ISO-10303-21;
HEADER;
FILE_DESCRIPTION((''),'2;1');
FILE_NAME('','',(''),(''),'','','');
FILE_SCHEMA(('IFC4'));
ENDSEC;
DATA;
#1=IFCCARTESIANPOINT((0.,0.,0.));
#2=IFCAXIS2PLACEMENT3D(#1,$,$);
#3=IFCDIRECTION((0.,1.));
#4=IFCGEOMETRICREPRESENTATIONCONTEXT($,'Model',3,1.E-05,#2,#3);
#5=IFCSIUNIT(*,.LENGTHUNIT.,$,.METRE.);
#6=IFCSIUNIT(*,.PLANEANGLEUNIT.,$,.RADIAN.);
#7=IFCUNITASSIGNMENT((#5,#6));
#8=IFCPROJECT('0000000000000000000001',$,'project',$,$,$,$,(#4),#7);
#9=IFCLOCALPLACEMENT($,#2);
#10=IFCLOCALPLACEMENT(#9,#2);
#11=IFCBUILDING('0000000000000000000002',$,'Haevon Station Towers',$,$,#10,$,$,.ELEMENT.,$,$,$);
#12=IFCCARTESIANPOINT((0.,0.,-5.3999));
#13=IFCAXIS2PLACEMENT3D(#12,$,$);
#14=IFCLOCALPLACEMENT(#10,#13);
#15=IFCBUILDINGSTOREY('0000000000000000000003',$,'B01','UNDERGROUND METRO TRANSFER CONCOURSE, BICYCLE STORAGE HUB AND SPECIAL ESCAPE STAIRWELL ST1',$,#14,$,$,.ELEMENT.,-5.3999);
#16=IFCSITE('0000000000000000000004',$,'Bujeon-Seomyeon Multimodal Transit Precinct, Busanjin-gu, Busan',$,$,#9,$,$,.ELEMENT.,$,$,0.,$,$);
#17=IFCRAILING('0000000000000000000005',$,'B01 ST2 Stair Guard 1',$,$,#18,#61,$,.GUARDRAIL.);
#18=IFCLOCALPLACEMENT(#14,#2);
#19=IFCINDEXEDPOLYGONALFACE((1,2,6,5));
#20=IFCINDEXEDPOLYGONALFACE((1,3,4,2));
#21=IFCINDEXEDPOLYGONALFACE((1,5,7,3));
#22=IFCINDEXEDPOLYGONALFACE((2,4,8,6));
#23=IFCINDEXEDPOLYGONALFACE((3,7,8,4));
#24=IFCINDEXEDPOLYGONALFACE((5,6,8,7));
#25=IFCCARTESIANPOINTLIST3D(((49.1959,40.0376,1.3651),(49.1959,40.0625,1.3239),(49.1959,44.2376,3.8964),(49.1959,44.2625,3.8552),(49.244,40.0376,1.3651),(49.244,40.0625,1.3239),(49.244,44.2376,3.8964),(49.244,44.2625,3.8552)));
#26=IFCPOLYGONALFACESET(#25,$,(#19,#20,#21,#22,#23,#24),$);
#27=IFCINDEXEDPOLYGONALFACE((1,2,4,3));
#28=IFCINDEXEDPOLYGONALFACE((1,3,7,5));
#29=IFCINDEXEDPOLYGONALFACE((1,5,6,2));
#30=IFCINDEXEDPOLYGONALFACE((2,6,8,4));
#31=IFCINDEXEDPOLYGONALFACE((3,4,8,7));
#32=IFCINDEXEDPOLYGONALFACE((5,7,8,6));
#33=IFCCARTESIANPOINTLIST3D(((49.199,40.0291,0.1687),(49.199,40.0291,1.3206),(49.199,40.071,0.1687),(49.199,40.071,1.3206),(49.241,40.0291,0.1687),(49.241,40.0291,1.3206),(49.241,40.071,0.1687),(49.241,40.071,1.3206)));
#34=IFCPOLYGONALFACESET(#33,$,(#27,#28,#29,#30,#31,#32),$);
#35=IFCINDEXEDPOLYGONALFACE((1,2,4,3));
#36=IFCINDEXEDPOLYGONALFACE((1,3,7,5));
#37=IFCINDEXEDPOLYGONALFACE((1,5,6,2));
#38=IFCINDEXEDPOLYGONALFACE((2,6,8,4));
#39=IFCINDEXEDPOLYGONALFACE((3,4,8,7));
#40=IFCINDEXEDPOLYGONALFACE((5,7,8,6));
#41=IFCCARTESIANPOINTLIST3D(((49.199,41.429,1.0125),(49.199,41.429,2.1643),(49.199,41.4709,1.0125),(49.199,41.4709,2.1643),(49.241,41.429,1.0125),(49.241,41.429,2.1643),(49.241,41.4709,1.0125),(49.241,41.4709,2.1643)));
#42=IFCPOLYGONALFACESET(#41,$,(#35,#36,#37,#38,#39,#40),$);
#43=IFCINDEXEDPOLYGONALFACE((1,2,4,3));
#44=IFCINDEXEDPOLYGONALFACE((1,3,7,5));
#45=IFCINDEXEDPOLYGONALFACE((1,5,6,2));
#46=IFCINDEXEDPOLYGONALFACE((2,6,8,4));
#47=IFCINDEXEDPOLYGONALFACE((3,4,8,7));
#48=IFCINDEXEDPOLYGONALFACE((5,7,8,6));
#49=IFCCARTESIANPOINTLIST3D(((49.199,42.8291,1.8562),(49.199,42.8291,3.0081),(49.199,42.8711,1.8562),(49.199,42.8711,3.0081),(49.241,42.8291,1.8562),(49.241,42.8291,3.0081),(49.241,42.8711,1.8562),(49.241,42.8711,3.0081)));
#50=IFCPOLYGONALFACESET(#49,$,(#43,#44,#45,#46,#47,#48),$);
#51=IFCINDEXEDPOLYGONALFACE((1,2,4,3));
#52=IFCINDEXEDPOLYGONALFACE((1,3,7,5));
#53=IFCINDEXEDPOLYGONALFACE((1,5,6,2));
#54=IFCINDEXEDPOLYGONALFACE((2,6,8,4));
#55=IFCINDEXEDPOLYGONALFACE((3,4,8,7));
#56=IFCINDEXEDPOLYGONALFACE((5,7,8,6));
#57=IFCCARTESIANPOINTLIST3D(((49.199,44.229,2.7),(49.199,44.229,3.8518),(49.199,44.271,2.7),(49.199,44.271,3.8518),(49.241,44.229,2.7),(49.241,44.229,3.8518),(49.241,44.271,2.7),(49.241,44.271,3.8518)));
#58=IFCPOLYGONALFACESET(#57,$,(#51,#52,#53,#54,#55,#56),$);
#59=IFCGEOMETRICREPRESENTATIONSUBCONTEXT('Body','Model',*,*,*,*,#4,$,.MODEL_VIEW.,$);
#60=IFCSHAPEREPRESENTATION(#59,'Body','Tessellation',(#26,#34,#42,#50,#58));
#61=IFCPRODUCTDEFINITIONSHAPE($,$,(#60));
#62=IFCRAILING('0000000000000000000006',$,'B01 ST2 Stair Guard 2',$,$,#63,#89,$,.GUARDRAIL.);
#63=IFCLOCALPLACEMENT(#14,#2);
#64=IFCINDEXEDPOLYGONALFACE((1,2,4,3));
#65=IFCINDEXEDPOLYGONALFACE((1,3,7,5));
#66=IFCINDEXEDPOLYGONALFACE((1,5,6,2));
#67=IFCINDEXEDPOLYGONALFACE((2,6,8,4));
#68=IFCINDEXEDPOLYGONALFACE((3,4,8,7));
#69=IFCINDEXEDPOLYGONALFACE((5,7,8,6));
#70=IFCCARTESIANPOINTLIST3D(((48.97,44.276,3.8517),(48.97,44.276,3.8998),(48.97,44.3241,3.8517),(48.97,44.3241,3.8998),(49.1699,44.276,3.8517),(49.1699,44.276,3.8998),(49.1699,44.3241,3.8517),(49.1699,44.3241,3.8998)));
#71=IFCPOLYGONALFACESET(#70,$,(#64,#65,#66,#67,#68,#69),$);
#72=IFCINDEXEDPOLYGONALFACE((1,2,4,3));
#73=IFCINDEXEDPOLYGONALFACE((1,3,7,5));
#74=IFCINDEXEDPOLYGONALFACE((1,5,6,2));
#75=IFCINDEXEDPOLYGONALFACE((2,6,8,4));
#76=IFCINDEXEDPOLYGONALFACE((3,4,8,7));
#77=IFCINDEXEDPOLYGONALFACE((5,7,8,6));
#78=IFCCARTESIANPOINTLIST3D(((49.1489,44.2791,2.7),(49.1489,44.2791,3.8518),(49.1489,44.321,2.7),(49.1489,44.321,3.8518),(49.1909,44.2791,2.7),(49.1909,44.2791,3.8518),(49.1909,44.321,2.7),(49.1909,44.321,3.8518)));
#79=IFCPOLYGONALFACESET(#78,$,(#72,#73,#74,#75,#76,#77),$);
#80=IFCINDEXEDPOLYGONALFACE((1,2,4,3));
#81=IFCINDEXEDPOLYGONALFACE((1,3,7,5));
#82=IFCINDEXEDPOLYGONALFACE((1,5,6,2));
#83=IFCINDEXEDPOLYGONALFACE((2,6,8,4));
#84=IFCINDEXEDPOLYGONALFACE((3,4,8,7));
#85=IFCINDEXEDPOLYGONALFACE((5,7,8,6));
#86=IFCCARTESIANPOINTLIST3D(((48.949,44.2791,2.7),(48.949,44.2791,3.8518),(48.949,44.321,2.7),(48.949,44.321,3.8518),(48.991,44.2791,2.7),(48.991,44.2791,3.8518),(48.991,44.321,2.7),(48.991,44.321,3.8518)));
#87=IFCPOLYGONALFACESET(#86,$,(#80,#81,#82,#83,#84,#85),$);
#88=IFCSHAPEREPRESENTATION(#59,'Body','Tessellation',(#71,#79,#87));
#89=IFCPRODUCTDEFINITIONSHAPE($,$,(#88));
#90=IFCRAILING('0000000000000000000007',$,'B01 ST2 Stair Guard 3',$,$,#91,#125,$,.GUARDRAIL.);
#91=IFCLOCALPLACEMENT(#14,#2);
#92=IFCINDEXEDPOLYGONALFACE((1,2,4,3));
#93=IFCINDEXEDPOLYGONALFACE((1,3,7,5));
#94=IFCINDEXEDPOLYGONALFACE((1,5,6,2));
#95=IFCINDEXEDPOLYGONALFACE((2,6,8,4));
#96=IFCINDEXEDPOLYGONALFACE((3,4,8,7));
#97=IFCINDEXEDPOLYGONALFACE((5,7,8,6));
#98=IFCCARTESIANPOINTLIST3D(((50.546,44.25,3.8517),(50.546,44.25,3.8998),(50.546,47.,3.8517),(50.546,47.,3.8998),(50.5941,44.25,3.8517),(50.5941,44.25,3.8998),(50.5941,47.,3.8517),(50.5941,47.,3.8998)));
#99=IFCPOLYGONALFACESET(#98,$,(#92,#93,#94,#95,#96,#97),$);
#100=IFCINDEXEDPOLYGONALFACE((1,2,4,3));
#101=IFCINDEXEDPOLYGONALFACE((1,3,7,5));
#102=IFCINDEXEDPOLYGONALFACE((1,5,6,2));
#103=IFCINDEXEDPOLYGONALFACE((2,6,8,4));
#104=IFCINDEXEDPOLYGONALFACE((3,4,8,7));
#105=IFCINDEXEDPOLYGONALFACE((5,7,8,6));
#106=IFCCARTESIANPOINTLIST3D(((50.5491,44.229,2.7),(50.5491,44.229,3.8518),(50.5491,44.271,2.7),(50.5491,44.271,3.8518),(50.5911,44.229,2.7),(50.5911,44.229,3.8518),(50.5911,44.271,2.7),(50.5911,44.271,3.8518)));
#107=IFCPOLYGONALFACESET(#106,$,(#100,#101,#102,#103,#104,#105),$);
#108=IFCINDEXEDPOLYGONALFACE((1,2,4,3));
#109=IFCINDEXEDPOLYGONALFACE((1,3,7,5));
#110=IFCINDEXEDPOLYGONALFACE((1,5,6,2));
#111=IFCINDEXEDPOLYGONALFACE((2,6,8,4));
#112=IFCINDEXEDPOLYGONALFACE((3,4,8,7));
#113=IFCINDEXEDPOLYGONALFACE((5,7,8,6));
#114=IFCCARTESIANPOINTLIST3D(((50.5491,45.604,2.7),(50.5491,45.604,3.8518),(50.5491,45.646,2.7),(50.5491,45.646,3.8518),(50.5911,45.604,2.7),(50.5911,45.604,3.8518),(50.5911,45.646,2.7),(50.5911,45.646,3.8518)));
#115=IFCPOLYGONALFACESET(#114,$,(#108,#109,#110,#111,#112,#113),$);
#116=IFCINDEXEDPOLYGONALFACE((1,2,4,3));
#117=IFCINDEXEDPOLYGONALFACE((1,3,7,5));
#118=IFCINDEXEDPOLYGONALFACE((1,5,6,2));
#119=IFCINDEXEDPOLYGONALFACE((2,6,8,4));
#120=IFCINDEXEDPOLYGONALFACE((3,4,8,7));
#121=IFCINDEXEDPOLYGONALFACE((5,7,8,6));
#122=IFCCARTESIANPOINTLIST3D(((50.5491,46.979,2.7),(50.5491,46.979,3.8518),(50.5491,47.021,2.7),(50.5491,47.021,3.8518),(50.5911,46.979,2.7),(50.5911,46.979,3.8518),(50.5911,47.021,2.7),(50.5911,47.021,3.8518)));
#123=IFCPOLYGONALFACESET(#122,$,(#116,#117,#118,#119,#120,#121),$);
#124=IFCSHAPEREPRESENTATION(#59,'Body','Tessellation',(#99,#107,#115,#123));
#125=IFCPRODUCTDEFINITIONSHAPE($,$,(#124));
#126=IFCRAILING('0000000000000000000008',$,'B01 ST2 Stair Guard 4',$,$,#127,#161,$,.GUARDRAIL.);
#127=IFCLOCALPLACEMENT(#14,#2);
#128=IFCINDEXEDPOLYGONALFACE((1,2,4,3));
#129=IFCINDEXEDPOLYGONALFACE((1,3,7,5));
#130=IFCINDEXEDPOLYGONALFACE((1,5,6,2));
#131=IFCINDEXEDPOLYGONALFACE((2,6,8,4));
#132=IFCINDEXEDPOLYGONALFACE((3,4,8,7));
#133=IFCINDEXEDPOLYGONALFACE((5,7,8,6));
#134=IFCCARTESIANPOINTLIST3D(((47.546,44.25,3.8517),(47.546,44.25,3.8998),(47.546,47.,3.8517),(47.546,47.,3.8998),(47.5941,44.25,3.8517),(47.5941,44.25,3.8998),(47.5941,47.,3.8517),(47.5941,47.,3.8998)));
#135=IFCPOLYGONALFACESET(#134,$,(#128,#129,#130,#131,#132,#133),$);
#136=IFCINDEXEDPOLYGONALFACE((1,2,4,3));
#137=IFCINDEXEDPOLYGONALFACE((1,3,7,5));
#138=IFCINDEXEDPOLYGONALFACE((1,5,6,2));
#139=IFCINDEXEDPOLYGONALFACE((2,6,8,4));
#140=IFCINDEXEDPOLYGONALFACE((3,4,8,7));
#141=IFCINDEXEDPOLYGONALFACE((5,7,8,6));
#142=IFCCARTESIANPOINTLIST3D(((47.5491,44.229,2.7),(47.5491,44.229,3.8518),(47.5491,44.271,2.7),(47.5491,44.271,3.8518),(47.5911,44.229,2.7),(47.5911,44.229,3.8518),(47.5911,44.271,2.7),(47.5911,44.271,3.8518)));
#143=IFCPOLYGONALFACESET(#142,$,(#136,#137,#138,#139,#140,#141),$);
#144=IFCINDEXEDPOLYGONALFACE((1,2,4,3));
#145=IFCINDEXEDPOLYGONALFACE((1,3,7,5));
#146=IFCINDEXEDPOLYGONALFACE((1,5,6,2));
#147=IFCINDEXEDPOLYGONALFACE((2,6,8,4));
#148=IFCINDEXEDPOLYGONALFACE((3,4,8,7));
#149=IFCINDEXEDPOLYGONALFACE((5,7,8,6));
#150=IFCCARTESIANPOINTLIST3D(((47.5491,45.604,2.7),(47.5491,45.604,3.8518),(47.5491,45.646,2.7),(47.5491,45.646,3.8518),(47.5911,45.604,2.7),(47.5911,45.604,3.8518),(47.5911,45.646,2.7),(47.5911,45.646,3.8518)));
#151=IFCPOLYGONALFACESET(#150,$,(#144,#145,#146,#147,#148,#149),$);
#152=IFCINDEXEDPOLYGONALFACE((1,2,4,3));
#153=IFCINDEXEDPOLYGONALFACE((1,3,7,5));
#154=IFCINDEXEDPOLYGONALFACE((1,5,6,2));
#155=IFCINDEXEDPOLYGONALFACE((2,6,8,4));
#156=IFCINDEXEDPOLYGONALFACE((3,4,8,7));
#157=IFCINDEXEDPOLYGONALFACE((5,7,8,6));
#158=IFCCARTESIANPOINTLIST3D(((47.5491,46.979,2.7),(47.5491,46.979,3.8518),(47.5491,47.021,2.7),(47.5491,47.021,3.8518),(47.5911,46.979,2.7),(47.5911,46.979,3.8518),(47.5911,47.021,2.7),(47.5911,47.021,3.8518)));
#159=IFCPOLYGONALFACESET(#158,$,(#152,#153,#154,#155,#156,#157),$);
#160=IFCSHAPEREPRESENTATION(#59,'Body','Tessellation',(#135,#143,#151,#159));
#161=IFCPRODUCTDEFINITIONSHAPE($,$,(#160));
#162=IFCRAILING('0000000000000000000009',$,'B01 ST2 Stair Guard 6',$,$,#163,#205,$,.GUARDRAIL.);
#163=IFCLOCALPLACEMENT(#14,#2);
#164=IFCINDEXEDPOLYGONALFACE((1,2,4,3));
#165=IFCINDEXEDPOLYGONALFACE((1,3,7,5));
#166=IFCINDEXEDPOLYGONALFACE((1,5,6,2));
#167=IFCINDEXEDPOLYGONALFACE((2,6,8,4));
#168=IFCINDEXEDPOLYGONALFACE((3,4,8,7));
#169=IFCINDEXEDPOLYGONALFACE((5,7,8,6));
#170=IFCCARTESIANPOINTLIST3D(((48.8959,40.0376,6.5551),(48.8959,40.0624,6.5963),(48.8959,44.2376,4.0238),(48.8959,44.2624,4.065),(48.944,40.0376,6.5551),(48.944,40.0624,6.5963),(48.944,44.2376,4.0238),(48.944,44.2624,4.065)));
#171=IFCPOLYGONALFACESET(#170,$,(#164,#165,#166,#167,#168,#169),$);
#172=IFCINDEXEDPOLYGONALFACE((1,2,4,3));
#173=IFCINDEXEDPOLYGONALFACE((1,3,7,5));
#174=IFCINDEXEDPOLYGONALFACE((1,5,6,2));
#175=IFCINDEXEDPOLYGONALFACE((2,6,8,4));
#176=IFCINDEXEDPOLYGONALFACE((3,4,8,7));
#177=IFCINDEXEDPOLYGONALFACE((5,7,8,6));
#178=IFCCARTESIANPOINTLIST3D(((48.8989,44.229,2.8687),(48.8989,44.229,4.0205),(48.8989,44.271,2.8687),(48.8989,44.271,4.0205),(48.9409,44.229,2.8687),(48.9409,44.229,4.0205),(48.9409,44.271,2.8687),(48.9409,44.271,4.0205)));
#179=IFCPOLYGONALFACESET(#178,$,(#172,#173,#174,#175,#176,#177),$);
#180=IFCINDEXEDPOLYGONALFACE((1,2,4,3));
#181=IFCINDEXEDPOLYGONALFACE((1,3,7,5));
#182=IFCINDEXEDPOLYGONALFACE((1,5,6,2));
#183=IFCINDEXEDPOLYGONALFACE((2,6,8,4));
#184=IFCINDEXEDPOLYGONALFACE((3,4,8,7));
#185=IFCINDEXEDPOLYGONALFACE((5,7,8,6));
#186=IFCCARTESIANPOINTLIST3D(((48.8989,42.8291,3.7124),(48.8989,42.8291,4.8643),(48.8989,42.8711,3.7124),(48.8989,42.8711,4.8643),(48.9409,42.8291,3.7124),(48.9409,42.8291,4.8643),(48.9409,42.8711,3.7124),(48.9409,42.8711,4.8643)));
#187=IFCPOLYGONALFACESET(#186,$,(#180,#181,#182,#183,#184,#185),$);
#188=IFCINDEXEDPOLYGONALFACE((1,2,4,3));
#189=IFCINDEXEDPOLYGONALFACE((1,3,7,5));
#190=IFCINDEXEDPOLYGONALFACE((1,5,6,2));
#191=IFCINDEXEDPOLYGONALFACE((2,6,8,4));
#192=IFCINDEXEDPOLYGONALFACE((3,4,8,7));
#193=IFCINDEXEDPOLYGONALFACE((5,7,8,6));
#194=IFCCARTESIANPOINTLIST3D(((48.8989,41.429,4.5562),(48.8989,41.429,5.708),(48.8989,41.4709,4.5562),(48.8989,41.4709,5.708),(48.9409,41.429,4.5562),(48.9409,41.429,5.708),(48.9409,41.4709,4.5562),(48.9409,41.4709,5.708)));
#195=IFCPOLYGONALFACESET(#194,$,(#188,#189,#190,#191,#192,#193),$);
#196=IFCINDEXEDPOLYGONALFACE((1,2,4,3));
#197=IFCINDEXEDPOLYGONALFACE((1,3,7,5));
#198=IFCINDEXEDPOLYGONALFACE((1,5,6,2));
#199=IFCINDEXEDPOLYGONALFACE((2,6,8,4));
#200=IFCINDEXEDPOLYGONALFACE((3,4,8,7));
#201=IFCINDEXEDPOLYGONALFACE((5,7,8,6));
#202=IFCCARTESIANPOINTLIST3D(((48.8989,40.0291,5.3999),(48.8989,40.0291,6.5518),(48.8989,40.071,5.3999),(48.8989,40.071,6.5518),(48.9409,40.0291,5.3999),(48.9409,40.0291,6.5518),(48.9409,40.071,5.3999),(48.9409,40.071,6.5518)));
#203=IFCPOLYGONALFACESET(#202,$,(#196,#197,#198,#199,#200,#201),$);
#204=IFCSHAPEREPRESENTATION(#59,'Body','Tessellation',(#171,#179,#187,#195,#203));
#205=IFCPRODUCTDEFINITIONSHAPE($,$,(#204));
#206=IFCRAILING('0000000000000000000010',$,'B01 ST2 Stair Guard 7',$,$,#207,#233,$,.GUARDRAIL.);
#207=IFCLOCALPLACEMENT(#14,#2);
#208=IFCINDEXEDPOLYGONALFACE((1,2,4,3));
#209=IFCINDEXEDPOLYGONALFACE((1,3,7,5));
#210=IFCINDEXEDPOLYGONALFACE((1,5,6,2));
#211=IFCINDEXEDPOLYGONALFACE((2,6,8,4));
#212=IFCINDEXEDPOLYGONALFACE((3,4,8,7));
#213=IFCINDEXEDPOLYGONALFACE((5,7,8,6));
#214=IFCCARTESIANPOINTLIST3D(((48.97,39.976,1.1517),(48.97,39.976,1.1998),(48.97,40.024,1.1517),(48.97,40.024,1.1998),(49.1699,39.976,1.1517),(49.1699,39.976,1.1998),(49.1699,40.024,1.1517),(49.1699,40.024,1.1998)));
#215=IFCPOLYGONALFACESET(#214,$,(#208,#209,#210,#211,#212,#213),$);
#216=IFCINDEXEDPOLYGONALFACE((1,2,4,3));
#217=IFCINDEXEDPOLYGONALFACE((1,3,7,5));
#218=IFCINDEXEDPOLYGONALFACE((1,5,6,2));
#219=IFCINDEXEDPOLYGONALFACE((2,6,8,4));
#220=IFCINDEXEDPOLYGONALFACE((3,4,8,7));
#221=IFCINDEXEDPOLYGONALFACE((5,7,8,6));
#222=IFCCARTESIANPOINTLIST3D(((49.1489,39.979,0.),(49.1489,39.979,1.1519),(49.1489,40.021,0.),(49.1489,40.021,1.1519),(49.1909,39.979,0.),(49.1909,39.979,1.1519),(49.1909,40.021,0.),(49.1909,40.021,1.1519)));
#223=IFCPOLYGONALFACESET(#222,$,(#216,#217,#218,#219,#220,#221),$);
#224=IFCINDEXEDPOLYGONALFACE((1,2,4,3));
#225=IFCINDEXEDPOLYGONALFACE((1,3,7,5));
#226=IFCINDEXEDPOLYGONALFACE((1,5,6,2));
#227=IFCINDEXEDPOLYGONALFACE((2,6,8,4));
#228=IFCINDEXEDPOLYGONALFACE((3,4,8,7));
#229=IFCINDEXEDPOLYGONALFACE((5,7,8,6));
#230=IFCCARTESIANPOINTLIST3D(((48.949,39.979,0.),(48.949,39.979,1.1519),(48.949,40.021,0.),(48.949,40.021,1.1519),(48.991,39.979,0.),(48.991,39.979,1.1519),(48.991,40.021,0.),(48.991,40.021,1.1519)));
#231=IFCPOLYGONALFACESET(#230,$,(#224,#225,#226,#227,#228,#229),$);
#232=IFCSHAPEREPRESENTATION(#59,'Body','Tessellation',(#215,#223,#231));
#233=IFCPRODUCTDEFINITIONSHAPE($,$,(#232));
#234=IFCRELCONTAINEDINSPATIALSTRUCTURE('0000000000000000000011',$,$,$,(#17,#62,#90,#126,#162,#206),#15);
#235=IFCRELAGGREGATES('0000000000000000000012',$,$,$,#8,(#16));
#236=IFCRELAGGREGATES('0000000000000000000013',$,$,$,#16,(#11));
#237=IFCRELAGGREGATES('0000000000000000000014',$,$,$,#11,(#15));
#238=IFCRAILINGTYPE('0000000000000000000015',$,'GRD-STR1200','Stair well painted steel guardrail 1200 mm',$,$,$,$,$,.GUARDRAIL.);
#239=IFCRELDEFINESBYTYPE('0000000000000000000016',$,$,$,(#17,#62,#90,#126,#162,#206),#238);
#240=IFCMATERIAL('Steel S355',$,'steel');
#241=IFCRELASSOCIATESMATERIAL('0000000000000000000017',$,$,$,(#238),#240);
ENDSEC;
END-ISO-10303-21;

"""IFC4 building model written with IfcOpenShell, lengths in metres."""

from ifc_helpers import new_model, si_unit, direction, frame, origin, origin_2d, place, context, subcontext, project, spatial, rectangle, extrude, material, type_object, element, save


model = new_model("IFC4")

# Units and contexts
model_context = context("Model", 3, precision=1e-05, world=origin(), true_north=direction((0.0, 1.0)))
body_context = subcontext(model_context, "Body", "Model", "MODEL_VIEW")
ifc_project = project(units=[si_unit("LENGTHUNIT", "METRE"), si_unit("PLANEANGLEUNIT", "RADIAN")], contexts=[model_context])

# Site, building, storey
site_placement = place(None, origin())
site = spatial("IfcSite", under=ifc_project, at=site_placement, Name="Bujeon-Seomyeon Multimodal Transit Precinct, Busanjin-gu, Busan", CompositionType="ELEMENT", RefElevation=0.0)
building_placement = place(site_placement, origin())
building = spatial("IfcBuilding", under=site, at=building_placement, Name="Haevon Station Towers", CompositionType="ELEMENT")
storey_placement = place(building_placement, frame((0.0, 0.0, -5.3999)))
storey = spatial("IfcBuildingStorey", under=building, at=storey_placement, Name="B01", Description="UNDERGROUND METRO TRANSFER CONCOURSE, BICYCLE STORAGE HUB AND SPECIAL ESCAPE STAIRWELL ST1", CompositionType="ELEMENT", Elevation=-5.3999)

# Shared definitions
ifc_material_1 = material(Name="Steel S355", Category="steel")

# Railings
railing_type_1 = type_object("IfcRailingType", Name="GRD-STR1200", Description="Stair well painted steel guardrail 1200 mm", PredefinedType="GUARDRAIL", material=ifc_material_1)
railing_1_placement = place(storey_placement, frame((49.22, 40.05, 0.1687)))
element("IfcRailing", 1, at=railing_1_placement, inside=storey, type_object=railing_type_1, Name="B01 ST2 Stair Guard 1", PredefinedType="GUARDRAIL", context=body_context, shape_type="SweptSolid", body=[
    extrude(rectangle(XDim=0.0481, YDim=0.0481, at=origin_2d()), frame((0.0, 0.0, 1.1758), z_axis=(0.0, 0.856476, 0.516186), x_axis=(-1.0, 0.0, 0.0)), (0.0, 0.0, 1.0), 4.9038),
    extrude(rectangle(XDim=0.042, YDim=0.042, at=origin_2d()), origin(), (0.0, 0.0, 1.0), 1.1519),
    extrude(rectangle(XDim=0.042, YDim=0.042, at=origin_2d()), frame((0.0, 1.3999, 0.8438)), (0.0, 0.0, 1.0), 1.1519),
    extrude(rectangle(XDim=0.042, YDim=0.042, at=origin_2d()), frame((0.0, 2.8, 1.6875)), (0.0, 0.0, 1.0), 1.1519),
    extrude(rectangle(XDim=0.042, YDim=0.042, at=origin_2d()), frame((0.0, 4.2, 2.5312)), (0.0, 0.0, 1.0), 1.1519),
])
railing_2_placement = place(storey_placement, frame((49.1699, 44.3, 2.7)))
element("IfcRailing", 2, at=railing_2_placement, inside=storey, type_object=railing_type_1, Name="B01 ST2 Stair Guard 2", PredefinedType="GUARDRAIL", context=body_context, shape_type="SweptSolid", body=[
    extrude(rectangle(XDim=0.0481, YDim=0.0481, at=origin_2d()), frame((0.0, 0.0, 1.1758), z_axis=(-1.0, 0.0, 0.0), x_axis=(0.0, -1.0, 0.0)), (0.0, 0.0, 1.0), 0.2),
    extrude(rectangle(XDim=0.042, YDim=0.042, at=origin_2d()), origin(), (0.0, 0.0, 1.0), 1.1519),
    extrude(rectangle(XDim=0.042, YDim=0.042, at=origin_2d()), frame((-0.2, 0.0, 0.0)), (0.0, 0.0, 1.0), 1.1519),
])
for number, where, name in (
    (3, (50.5701, 44.25, 2.7), "B01 ST2 Stair Guard 3"),
    (4, (47.5701, 44.25, 2.7), "B01 ST2 Stair Guard 4"),
):
    element("IfcRailing", number, at=place(storey_placement, frame(where)), inside=storey, type_object=railing_type_1, Name=name, PredefinedType="GUARDRAIL", context=body_context, shape_type="SweptSolid", body=[
        extrude(rectangle(XDim=0.0481, YDim=0.0481, at=origin_2d()), frame((0.0, 0.0, 1.1758), z_axis=(0.0, 1.0, 0.0), x_axis=(-1.0, 0.0, 0.0)), (0.0, 0.0, 1.0), 2.75),
        extrude(rectangle(XDim=0.042, YDim=0.042, at=origin_2d()), origin(), (0.0, 0.0, 1.0), 1.1519),
        extrude(rectangle(XDim=0.042, YDim=0.042, at=origin_2d()), frame((0.0, 1.375, 0.0)), (0.0, 0.0, 1.0), 1.1519),
        extrude(rectangle(XDim=0.042, YDim=0.042, at=origin_2d()), frame((0.0, 2.75, 0.0)), (0.0, 0.0, 1.0), 1.1519),
    ])
railing_3_placement = place(storey_placement, frame((48.9199, 44.25, 2.8687)))
element("IfcRailing", 5, at=railing_3_placement, inside=storey, type_object=railing_type_1, Name="B01 ST2 Stair Guard 6", PredefinedType="GUARDRAIL", context=body_context, shape_type="SweptSolid", body=[
    extrude(rectangle(XDim=0.0481, YDim=0.0481, at=origin_2d()), frame((0.0, 0.0, 1.1758), z_axis=(0.0, -0.856476, 0.516186), x_axis=(1.0, 0.0, 0.0)), (0.0, 0.0, 1.0), 4.9038),
    extrude(rectangle(XDim=0.042, YDim=0.042, at=origin_2d()), origin(), (0.0, 0.0, 1.0), 1.1519),
    extrude(rectangle(XDim=0.042, YDim=0.042, at=origin_2d()), frame((0.0, -1.3999, 0.8438)), (0.0, 0.0, 1.0), 1.1519),
    extrude(rectangle(XDim=0.042, YDim=0.042, at=origin_2d()), frame((0.0, -2.8, 1.6875)), (0.0, 0.0, 1.0), 1.1519),
    extrude(rectangle(XDim=0.042, YDim=0.042, at=origin_2d()), frame((0.0, -4.2, 2.5312)), (0.0, 0.0, 1.0), 1.1519),
])
railing_4_placement = place(storey_placement, frame((49.1699, 40.0, 0.0)))
element("IfcRailing", 6, at=railing_4_placement, inside=storey, type_object=railing_type_1, Name="B01 ST2 Stair Guard 7", PredefinedType="GUARDRAIL", context=body_context, shape_type="SweptSolid", body=[
    extrude(rectangle(XDim=0.0481, YDim=0.0481, at=origin_2d()), frame((0.0, 0.0, 1.1758), z_axis=(-1.0, 0.0, 0.0), x_axis=(0.0, -1.0, 0.0)), (0.0, 0.0, 1.0), 0.2),
    extrude(rectangle(XDim=0.042, YDim=0.042, at=origin_2d()), origin(), (0.0, 0.0, 1.0), 1.1519),
    extrude(rectangle(XDim=0.042, YDim=0.042, at=origin_2d()), frame((-0.2, 0.0, 0.0)), (0.0, 0.0, 1.0), 1.1519),
])

save(model, "model.ifc")
